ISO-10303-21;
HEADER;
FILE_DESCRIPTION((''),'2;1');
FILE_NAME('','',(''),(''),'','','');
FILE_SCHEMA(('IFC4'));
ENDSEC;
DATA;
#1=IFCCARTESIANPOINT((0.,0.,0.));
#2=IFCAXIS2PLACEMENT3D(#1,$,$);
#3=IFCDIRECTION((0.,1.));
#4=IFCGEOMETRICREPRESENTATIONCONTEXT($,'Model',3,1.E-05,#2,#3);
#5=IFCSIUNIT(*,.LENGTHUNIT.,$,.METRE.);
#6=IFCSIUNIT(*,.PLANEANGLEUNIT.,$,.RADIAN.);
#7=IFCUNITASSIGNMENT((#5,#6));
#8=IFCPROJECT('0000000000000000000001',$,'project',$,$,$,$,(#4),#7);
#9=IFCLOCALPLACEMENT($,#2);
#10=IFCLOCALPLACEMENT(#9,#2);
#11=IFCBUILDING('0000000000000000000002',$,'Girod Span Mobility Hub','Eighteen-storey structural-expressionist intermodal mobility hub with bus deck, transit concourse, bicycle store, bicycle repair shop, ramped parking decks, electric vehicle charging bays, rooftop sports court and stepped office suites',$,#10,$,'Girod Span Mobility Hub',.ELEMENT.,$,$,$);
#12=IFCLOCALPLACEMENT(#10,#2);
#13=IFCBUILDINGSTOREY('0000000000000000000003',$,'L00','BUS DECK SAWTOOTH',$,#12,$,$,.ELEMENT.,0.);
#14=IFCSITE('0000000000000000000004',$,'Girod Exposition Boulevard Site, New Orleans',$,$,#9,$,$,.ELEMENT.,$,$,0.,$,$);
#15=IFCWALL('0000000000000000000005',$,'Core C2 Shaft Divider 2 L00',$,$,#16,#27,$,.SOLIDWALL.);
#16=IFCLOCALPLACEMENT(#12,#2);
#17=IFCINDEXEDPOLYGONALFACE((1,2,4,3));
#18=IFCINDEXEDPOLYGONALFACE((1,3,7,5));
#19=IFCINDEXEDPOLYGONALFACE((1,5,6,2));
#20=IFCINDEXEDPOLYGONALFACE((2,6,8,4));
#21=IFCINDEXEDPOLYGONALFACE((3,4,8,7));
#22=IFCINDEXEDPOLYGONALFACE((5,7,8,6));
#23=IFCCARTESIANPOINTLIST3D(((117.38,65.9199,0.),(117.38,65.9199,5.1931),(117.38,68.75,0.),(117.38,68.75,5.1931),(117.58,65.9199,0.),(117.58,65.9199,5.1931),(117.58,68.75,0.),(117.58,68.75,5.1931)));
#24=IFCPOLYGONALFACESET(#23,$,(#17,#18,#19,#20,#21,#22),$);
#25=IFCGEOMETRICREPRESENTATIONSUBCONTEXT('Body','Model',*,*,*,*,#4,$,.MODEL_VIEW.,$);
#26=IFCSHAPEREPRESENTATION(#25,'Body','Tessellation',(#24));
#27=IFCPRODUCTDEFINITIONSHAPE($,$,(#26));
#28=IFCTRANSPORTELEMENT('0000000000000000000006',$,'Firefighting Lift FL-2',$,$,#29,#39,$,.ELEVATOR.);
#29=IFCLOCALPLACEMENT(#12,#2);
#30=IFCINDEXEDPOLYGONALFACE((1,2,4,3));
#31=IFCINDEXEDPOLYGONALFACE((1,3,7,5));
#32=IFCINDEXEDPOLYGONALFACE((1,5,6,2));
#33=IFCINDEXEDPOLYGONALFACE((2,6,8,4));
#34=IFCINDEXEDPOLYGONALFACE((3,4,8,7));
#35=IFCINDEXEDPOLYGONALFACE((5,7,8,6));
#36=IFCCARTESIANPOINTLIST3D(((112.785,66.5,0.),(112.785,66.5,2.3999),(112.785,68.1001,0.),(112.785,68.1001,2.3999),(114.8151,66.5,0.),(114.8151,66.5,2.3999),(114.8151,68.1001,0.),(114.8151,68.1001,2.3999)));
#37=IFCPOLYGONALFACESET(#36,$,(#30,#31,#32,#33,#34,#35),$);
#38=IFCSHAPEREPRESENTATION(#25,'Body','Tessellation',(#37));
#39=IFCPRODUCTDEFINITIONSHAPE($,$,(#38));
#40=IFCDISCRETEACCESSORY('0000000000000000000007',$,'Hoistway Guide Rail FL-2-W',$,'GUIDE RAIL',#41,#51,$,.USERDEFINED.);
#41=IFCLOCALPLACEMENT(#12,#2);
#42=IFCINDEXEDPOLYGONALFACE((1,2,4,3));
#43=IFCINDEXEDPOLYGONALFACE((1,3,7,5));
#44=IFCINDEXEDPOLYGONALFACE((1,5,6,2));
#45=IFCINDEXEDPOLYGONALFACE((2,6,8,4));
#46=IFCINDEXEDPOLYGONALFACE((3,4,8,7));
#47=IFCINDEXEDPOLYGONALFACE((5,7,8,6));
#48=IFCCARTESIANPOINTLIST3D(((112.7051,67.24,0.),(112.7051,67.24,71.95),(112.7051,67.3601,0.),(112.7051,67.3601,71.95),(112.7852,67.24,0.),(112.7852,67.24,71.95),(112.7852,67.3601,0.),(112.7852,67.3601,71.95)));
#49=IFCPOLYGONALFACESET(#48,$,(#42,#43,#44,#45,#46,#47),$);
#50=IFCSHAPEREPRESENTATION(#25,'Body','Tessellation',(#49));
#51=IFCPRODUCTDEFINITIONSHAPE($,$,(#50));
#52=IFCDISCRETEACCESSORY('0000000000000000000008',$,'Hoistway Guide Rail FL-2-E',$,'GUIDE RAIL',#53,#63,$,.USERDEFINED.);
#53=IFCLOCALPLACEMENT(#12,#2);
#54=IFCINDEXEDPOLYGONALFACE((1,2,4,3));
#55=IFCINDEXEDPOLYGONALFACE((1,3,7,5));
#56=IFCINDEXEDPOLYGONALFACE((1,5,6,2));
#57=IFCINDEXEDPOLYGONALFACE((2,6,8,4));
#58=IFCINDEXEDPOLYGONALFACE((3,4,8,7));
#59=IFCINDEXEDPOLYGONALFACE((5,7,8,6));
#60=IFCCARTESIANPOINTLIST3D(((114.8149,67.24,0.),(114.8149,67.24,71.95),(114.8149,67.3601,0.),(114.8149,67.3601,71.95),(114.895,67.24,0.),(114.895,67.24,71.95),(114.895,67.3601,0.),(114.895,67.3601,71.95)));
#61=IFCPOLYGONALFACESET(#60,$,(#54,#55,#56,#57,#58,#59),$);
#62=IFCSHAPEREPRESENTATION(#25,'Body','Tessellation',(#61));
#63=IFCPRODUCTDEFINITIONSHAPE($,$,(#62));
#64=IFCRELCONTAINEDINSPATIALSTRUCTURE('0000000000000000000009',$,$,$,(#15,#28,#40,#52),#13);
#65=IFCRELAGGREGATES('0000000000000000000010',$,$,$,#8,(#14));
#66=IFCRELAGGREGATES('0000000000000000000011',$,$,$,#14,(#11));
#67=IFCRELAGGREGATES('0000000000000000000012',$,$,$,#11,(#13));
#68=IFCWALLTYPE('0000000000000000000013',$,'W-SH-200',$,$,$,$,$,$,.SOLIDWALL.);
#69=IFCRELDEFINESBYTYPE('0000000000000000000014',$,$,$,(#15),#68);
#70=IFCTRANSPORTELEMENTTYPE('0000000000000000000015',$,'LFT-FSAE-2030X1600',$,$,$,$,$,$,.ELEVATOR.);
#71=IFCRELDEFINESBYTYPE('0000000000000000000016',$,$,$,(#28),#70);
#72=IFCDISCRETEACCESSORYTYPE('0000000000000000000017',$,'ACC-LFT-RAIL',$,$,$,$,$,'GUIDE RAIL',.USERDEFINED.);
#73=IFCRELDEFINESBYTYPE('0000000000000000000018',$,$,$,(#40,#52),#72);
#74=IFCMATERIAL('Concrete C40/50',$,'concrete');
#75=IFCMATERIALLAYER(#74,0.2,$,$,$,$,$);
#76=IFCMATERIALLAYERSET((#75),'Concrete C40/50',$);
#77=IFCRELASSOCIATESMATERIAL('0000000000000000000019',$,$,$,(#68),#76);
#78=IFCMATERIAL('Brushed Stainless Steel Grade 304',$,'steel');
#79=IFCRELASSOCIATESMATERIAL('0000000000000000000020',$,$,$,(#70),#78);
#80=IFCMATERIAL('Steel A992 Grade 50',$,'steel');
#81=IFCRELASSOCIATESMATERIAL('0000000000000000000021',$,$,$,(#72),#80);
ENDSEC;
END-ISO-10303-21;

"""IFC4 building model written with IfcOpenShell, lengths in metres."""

from ifc_helpers import new_model, si_unit, direction, frame, frame_2d, origin, origin_2d, place, context, subcontext, project, spatial, rectangle, extrude, material, layer, layer_set, type_object, element, save


model = new_model("IFC4")

# Units and contexts
model_context = context("Model", 3, precision=1e-05, world=origin(), true_north=direction((0.0, 1.0)))
body_context = subcontext(model_context, "Body", "Model", "MODEL_VIEW")
ifc_project = project(units=[si_unit("LENGTHUNIT", "METRE"), si_unit("PLANEANGLEUNIT", "RADIAN")], contexts=[model_context])

# Site, building, storey
site_placement = place(None, origin())
site = spatial("IfcSite", under=ifc_project, at=site_placement, Name="Girod Exposition Boulevard Site, New Orleans", CompositionType="ELEMENT", RefElevation=0.0)
building_placement = place(site_placement, origin())
building = spatial("IfcBuilding", under=site, at=building_placement, Name="Girod Span Mobility Hub", Description="Eighteen-storey structural-expressionist intermodal mobility hub with bus deck, transit concourse, bicycle store, bicycle repair shop, ramped parking decks, electric vehicle charging bays, rooftop sports court and stepped office suites", LongName="Girod Span Mobility Hub", CompositionType="ELEMENT")
storey_placement = place(building_placement, origin())
storey = spatial("IfcBuildingStorey", under=building, at=storey_placement, Name="L00", Description="BUS DECK SAWTOOTH", CompositionType="ELEMENT", Elevation=0.0)

# Wall
ifc_material_1 = material(Name="Concrete C40/50", Category="concrete")
ifc_layer_1 = layer(ifc_material_1, 0.2)
ifc_layer_set_1 = layer_set([ifc_layer_1], Name="Concrete C40/50")
wall_type_1 = type_object("IfcWallType", Name="W-SH-200", PredefinedType="SOLIDWALL", material=ifc_layer_set_1)
for number, where, z_axis, x_axis, name in (
    (1, (117.48, 65.9199, 0.0), (0.0, 0.0, 1.0), (0.0, 1.0, 0.0), "Core C2 Shaft Divider 2 L00"),
):
    element("IfcWall", number, at=place(storey_placement, frame(where, z_axis=z_axis, x_axis=x_axis)), inside=storey, type_object=wall_type_1, Name=name, PredefinedType="SOLIDWALL", context=body_context, shape_type="SweptSolid", body=[
        extrude(rectangle(XDim=2.8301, YDim=0.2, at=frame_2d((1.415, 0.0))), origin(), (0.0, 0.0, 1.0), 5.1931),
    ])

# Transport element
ifc_material_2 = material(Name="Brushed Stainless Steel Grade 304", Category="steel")
transport_element_type = type_object("IfcTransportElementType", Name="LFT-FSAE-2030X1600", PredefinedType="ELEVATOR", material=ifc_material_2)
transport_element_placement = place(storey_placement, frame((113.8, 67.3, 0.0), z_axis=(0.0, 0.0, 1.0), x_axis=(1.0, 0.0, 0.0)))
element("IfcTransportElement", 2, at=transport_element_placement, inside=storey, type_object=transport_element_type, Name="Firefighting Lift FL-2", PredefinedType="ELEVATOR", context=body_context, shape_type="SweptSolid", body=[
    extrude(rectangle(XDim=2.03, YDim=1.6001, at=origin_2d()), origin(), (0.0, 0.0, 1.0), 2.3999),
])

# Discrete accessories
ifc_material_3 = material(Name="Steel A992 Grade 50", Category="steel")
discrete_accessory_type = type_object("IfcDiscreteAccessoryType", Name="ACC-LFT-RAIL", ElementType="GUIDE RAIL", PredefinedType="USERDEFINED", material=ifc_material_3)
for number, where, z_axis, x_axis, name in (
    (3, (112.7451, 67.3, 0.0), (0.0, 0.0, 1.0), (1.0, 0.0, 0.0), "Hoistway Guide Rail FL-2-W"),
    (4, (114.855, 67.3, 0.0), (0.0, 0.0, 1.0), (1.0, 0.0, 0.0), "Hoistway Guide Rail FL-2-E"),
):
    element("IfcDiscreteAccessory", number, at=place(storey_placement, frame(where, z_axis=z_axis, x_axis=x_axis)), inside=storey, type_object=discrete_accessory_type, Name=name, ObjectType="GUIDE RAIL", PredefinedType="USERDEFINED", context=body_context, shape_type="SweptSolid", body=[
        extrude(rectangle(XDim=0.0801, YDim=0.1201, at=origin_2d()), origin(), (0.0, 0.0, 1.0), 71.95),
    ])

save(model, "model.ifc")
